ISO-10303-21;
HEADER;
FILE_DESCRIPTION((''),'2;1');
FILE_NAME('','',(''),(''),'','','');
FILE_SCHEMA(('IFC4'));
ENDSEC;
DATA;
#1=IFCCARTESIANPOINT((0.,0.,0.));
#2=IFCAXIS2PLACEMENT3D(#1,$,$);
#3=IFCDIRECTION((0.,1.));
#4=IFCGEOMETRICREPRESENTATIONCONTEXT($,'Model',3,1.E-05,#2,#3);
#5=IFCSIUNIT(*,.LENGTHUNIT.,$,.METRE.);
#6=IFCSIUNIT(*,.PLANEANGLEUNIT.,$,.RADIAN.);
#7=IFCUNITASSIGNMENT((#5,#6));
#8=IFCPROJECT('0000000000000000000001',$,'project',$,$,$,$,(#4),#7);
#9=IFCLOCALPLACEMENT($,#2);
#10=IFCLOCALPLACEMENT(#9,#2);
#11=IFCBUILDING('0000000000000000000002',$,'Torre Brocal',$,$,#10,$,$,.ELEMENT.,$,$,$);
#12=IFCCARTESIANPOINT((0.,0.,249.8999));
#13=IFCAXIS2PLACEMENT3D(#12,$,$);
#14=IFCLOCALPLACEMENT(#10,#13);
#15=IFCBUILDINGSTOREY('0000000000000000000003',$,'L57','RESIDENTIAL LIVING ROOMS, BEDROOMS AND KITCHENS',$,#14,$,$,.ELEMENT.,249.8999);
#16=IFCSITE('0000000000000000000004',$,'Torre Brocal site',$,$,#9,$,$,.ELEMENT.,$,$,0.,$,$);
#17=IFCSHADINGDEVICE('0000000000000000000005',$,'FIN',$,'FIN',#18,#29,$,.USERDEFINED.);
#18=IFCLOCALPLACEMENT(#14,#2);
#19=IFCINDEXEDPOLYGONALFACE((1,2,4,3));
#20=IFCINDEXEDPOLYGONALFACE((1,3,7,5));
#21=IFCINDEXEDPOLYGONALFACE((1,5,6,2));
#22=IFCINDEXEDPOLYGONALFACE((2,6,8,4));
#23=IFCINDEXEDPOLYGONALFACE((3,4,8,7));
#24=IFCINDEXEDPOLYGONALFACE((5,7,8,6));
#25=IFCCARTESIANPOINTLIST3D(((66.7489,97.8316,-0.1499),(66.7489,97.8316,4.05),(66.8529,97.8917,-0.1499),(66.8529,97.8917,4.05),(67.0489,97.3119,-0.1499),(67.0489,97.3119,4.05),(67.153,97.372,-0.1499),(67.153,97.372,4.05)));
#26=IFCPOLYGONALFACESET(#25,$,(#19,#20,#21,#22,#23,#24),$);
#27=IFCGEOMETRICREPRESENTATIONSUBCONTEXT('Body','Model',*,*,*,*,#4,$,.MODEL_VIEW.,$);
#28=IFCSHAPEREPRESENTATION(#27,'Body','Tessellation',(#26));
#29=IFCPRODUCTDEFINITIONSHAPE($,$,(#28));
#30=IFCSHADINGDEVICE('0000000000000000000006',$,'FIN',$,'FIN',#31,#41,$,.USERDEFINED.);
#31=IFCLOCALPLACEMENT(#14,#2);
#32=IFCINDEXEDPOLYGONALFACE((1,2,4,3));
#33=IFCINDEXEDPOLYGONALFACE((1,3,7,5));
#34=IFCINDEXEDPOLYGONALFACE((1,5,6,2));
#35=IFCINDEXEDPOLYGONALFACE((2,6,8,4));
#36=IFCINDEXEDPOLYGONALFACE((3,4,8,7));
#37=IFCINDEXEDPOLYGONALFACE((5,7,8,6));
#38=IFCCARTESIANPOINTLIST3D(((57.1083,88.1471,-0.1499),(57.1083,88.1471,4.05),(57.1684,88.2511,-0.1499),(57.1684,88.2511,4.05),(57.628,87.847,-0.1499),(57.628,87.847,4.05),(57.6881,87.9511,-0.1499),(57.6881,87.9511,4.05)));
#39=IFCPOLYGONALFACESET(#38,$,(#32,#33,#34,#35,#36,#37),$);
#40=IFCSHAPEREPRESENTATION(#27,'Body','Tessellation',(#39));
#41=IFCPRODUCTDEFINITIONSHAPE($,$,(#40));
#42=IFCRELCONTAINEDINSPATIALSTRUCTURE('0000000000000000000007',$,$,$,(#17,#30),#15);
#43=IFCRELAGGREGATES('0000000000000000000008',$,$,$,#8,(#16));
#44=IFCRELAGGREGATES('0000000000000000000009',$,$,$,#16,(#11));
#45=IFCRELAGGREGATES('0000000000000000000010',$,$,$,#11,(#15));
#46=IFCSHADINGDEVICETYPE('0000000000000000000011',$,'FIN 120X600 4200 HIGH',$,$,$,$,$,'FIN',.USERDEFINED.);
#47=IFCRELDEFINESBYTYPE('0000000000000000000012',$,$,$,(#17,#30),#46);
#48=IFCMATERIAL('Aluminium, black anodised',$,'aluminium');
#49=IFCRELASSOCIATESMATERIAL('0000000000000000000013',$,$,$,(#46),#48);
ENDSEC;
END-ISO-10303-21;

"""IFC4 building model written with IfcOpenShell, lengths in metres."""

from ifc_helpers import new_model, si_unit, direction, frame, origin, origin_2d, place, context, subcontext, project, spatial, rectangle, extrude, material, material_profile, profile_set, type_object, element, save


model = new_model("IFC4")

# Units and contexts
model_context = context("Model", 3, precision=1e-05, world=origin(), true_north=direction((0.0, 1.0)))
body_context = subcontext(model_context, "Body", "Model", "MODEL_VIEW")
ifc_project = project(units=[si_unit("LENGTHUNIT", "METRE"), si_unit("PLANEANGLEUNIT", "RADIAN")], contexts=[model_context])

# Site, building, storey
site_placement = place(None, origin())
site = spatial("IfcSite", under=ifc_project, at=site_placement, Name="Torre Brocal site", CompositionType="ELEMENT", RefElevation=0.0)
building_placement = place(site_placement, origin())
building = spatial("IfcBuilding", under=site, at=building_placement, Name="Torre Brocal", CompositionType="ELEMENT")
storey_placement = place(building_placement, frame((0.0, 0.0, 249.8999)))
storey = spatial("IfcBuildingStorey", under=building, at=storey_placement, Name="L57", Description="RESIDENTIAL LIVING ROOMS, BEDROOMS AND KITCHENS", CompositionType="ELEMENT", Elevation=249.8999)

# Shading devices
ifc_material_1 = material(Name="Aluminium, black anodised", Category="aluminium")
ifc_material_profile_1 = material_profile(ifc_material_1, rectangle(XDim=0.1201, YDim=0.6001, at=origin_2d()), Name="FIN 120X600 4200 HIGH")
ifc_profile_set_1 = profile_set([ifc_material_profile_1], Name="Aluminium, black anodised")
shading_device_type = type_object("IfcShadingDeviceType", Name="FIN 120X600 4200 HIGH", ElementType="FIN", PredefinedType="USERDEFINED", material=ifc_profile_set_1)
for number, where, z_axis, x_axis, name in (
    (1, (66.9509, 97.6018, -0.1499), (0.0, 0.0, 1.0), (-0.866025, -0.5, 0.0), "FIN"),
    (2, (57.3982, 88.0491, -0.1499), (0.0, 0.0, 1.0), (-0.5, -0.866025, 0.0), "FIN"),
):
    element("IfcShadingDevice", number, at=place(storey_placement, frame(where, z_axis=z_axis, x_axis=x_axis)), inside=storey, type_object=shading_device_type, Name=name, ObjectType="FIN", PredefinedType="USERDEFINED", context=body_context, shape_type="SweptSolid", body=[
        extrude(rectangle(XDim=0.1201, YDim=0.6001, at=origin_2d()), origin(), (0.0, 0.0, 1.0), 4.2),
    ])

save(model, "model.ifc")
